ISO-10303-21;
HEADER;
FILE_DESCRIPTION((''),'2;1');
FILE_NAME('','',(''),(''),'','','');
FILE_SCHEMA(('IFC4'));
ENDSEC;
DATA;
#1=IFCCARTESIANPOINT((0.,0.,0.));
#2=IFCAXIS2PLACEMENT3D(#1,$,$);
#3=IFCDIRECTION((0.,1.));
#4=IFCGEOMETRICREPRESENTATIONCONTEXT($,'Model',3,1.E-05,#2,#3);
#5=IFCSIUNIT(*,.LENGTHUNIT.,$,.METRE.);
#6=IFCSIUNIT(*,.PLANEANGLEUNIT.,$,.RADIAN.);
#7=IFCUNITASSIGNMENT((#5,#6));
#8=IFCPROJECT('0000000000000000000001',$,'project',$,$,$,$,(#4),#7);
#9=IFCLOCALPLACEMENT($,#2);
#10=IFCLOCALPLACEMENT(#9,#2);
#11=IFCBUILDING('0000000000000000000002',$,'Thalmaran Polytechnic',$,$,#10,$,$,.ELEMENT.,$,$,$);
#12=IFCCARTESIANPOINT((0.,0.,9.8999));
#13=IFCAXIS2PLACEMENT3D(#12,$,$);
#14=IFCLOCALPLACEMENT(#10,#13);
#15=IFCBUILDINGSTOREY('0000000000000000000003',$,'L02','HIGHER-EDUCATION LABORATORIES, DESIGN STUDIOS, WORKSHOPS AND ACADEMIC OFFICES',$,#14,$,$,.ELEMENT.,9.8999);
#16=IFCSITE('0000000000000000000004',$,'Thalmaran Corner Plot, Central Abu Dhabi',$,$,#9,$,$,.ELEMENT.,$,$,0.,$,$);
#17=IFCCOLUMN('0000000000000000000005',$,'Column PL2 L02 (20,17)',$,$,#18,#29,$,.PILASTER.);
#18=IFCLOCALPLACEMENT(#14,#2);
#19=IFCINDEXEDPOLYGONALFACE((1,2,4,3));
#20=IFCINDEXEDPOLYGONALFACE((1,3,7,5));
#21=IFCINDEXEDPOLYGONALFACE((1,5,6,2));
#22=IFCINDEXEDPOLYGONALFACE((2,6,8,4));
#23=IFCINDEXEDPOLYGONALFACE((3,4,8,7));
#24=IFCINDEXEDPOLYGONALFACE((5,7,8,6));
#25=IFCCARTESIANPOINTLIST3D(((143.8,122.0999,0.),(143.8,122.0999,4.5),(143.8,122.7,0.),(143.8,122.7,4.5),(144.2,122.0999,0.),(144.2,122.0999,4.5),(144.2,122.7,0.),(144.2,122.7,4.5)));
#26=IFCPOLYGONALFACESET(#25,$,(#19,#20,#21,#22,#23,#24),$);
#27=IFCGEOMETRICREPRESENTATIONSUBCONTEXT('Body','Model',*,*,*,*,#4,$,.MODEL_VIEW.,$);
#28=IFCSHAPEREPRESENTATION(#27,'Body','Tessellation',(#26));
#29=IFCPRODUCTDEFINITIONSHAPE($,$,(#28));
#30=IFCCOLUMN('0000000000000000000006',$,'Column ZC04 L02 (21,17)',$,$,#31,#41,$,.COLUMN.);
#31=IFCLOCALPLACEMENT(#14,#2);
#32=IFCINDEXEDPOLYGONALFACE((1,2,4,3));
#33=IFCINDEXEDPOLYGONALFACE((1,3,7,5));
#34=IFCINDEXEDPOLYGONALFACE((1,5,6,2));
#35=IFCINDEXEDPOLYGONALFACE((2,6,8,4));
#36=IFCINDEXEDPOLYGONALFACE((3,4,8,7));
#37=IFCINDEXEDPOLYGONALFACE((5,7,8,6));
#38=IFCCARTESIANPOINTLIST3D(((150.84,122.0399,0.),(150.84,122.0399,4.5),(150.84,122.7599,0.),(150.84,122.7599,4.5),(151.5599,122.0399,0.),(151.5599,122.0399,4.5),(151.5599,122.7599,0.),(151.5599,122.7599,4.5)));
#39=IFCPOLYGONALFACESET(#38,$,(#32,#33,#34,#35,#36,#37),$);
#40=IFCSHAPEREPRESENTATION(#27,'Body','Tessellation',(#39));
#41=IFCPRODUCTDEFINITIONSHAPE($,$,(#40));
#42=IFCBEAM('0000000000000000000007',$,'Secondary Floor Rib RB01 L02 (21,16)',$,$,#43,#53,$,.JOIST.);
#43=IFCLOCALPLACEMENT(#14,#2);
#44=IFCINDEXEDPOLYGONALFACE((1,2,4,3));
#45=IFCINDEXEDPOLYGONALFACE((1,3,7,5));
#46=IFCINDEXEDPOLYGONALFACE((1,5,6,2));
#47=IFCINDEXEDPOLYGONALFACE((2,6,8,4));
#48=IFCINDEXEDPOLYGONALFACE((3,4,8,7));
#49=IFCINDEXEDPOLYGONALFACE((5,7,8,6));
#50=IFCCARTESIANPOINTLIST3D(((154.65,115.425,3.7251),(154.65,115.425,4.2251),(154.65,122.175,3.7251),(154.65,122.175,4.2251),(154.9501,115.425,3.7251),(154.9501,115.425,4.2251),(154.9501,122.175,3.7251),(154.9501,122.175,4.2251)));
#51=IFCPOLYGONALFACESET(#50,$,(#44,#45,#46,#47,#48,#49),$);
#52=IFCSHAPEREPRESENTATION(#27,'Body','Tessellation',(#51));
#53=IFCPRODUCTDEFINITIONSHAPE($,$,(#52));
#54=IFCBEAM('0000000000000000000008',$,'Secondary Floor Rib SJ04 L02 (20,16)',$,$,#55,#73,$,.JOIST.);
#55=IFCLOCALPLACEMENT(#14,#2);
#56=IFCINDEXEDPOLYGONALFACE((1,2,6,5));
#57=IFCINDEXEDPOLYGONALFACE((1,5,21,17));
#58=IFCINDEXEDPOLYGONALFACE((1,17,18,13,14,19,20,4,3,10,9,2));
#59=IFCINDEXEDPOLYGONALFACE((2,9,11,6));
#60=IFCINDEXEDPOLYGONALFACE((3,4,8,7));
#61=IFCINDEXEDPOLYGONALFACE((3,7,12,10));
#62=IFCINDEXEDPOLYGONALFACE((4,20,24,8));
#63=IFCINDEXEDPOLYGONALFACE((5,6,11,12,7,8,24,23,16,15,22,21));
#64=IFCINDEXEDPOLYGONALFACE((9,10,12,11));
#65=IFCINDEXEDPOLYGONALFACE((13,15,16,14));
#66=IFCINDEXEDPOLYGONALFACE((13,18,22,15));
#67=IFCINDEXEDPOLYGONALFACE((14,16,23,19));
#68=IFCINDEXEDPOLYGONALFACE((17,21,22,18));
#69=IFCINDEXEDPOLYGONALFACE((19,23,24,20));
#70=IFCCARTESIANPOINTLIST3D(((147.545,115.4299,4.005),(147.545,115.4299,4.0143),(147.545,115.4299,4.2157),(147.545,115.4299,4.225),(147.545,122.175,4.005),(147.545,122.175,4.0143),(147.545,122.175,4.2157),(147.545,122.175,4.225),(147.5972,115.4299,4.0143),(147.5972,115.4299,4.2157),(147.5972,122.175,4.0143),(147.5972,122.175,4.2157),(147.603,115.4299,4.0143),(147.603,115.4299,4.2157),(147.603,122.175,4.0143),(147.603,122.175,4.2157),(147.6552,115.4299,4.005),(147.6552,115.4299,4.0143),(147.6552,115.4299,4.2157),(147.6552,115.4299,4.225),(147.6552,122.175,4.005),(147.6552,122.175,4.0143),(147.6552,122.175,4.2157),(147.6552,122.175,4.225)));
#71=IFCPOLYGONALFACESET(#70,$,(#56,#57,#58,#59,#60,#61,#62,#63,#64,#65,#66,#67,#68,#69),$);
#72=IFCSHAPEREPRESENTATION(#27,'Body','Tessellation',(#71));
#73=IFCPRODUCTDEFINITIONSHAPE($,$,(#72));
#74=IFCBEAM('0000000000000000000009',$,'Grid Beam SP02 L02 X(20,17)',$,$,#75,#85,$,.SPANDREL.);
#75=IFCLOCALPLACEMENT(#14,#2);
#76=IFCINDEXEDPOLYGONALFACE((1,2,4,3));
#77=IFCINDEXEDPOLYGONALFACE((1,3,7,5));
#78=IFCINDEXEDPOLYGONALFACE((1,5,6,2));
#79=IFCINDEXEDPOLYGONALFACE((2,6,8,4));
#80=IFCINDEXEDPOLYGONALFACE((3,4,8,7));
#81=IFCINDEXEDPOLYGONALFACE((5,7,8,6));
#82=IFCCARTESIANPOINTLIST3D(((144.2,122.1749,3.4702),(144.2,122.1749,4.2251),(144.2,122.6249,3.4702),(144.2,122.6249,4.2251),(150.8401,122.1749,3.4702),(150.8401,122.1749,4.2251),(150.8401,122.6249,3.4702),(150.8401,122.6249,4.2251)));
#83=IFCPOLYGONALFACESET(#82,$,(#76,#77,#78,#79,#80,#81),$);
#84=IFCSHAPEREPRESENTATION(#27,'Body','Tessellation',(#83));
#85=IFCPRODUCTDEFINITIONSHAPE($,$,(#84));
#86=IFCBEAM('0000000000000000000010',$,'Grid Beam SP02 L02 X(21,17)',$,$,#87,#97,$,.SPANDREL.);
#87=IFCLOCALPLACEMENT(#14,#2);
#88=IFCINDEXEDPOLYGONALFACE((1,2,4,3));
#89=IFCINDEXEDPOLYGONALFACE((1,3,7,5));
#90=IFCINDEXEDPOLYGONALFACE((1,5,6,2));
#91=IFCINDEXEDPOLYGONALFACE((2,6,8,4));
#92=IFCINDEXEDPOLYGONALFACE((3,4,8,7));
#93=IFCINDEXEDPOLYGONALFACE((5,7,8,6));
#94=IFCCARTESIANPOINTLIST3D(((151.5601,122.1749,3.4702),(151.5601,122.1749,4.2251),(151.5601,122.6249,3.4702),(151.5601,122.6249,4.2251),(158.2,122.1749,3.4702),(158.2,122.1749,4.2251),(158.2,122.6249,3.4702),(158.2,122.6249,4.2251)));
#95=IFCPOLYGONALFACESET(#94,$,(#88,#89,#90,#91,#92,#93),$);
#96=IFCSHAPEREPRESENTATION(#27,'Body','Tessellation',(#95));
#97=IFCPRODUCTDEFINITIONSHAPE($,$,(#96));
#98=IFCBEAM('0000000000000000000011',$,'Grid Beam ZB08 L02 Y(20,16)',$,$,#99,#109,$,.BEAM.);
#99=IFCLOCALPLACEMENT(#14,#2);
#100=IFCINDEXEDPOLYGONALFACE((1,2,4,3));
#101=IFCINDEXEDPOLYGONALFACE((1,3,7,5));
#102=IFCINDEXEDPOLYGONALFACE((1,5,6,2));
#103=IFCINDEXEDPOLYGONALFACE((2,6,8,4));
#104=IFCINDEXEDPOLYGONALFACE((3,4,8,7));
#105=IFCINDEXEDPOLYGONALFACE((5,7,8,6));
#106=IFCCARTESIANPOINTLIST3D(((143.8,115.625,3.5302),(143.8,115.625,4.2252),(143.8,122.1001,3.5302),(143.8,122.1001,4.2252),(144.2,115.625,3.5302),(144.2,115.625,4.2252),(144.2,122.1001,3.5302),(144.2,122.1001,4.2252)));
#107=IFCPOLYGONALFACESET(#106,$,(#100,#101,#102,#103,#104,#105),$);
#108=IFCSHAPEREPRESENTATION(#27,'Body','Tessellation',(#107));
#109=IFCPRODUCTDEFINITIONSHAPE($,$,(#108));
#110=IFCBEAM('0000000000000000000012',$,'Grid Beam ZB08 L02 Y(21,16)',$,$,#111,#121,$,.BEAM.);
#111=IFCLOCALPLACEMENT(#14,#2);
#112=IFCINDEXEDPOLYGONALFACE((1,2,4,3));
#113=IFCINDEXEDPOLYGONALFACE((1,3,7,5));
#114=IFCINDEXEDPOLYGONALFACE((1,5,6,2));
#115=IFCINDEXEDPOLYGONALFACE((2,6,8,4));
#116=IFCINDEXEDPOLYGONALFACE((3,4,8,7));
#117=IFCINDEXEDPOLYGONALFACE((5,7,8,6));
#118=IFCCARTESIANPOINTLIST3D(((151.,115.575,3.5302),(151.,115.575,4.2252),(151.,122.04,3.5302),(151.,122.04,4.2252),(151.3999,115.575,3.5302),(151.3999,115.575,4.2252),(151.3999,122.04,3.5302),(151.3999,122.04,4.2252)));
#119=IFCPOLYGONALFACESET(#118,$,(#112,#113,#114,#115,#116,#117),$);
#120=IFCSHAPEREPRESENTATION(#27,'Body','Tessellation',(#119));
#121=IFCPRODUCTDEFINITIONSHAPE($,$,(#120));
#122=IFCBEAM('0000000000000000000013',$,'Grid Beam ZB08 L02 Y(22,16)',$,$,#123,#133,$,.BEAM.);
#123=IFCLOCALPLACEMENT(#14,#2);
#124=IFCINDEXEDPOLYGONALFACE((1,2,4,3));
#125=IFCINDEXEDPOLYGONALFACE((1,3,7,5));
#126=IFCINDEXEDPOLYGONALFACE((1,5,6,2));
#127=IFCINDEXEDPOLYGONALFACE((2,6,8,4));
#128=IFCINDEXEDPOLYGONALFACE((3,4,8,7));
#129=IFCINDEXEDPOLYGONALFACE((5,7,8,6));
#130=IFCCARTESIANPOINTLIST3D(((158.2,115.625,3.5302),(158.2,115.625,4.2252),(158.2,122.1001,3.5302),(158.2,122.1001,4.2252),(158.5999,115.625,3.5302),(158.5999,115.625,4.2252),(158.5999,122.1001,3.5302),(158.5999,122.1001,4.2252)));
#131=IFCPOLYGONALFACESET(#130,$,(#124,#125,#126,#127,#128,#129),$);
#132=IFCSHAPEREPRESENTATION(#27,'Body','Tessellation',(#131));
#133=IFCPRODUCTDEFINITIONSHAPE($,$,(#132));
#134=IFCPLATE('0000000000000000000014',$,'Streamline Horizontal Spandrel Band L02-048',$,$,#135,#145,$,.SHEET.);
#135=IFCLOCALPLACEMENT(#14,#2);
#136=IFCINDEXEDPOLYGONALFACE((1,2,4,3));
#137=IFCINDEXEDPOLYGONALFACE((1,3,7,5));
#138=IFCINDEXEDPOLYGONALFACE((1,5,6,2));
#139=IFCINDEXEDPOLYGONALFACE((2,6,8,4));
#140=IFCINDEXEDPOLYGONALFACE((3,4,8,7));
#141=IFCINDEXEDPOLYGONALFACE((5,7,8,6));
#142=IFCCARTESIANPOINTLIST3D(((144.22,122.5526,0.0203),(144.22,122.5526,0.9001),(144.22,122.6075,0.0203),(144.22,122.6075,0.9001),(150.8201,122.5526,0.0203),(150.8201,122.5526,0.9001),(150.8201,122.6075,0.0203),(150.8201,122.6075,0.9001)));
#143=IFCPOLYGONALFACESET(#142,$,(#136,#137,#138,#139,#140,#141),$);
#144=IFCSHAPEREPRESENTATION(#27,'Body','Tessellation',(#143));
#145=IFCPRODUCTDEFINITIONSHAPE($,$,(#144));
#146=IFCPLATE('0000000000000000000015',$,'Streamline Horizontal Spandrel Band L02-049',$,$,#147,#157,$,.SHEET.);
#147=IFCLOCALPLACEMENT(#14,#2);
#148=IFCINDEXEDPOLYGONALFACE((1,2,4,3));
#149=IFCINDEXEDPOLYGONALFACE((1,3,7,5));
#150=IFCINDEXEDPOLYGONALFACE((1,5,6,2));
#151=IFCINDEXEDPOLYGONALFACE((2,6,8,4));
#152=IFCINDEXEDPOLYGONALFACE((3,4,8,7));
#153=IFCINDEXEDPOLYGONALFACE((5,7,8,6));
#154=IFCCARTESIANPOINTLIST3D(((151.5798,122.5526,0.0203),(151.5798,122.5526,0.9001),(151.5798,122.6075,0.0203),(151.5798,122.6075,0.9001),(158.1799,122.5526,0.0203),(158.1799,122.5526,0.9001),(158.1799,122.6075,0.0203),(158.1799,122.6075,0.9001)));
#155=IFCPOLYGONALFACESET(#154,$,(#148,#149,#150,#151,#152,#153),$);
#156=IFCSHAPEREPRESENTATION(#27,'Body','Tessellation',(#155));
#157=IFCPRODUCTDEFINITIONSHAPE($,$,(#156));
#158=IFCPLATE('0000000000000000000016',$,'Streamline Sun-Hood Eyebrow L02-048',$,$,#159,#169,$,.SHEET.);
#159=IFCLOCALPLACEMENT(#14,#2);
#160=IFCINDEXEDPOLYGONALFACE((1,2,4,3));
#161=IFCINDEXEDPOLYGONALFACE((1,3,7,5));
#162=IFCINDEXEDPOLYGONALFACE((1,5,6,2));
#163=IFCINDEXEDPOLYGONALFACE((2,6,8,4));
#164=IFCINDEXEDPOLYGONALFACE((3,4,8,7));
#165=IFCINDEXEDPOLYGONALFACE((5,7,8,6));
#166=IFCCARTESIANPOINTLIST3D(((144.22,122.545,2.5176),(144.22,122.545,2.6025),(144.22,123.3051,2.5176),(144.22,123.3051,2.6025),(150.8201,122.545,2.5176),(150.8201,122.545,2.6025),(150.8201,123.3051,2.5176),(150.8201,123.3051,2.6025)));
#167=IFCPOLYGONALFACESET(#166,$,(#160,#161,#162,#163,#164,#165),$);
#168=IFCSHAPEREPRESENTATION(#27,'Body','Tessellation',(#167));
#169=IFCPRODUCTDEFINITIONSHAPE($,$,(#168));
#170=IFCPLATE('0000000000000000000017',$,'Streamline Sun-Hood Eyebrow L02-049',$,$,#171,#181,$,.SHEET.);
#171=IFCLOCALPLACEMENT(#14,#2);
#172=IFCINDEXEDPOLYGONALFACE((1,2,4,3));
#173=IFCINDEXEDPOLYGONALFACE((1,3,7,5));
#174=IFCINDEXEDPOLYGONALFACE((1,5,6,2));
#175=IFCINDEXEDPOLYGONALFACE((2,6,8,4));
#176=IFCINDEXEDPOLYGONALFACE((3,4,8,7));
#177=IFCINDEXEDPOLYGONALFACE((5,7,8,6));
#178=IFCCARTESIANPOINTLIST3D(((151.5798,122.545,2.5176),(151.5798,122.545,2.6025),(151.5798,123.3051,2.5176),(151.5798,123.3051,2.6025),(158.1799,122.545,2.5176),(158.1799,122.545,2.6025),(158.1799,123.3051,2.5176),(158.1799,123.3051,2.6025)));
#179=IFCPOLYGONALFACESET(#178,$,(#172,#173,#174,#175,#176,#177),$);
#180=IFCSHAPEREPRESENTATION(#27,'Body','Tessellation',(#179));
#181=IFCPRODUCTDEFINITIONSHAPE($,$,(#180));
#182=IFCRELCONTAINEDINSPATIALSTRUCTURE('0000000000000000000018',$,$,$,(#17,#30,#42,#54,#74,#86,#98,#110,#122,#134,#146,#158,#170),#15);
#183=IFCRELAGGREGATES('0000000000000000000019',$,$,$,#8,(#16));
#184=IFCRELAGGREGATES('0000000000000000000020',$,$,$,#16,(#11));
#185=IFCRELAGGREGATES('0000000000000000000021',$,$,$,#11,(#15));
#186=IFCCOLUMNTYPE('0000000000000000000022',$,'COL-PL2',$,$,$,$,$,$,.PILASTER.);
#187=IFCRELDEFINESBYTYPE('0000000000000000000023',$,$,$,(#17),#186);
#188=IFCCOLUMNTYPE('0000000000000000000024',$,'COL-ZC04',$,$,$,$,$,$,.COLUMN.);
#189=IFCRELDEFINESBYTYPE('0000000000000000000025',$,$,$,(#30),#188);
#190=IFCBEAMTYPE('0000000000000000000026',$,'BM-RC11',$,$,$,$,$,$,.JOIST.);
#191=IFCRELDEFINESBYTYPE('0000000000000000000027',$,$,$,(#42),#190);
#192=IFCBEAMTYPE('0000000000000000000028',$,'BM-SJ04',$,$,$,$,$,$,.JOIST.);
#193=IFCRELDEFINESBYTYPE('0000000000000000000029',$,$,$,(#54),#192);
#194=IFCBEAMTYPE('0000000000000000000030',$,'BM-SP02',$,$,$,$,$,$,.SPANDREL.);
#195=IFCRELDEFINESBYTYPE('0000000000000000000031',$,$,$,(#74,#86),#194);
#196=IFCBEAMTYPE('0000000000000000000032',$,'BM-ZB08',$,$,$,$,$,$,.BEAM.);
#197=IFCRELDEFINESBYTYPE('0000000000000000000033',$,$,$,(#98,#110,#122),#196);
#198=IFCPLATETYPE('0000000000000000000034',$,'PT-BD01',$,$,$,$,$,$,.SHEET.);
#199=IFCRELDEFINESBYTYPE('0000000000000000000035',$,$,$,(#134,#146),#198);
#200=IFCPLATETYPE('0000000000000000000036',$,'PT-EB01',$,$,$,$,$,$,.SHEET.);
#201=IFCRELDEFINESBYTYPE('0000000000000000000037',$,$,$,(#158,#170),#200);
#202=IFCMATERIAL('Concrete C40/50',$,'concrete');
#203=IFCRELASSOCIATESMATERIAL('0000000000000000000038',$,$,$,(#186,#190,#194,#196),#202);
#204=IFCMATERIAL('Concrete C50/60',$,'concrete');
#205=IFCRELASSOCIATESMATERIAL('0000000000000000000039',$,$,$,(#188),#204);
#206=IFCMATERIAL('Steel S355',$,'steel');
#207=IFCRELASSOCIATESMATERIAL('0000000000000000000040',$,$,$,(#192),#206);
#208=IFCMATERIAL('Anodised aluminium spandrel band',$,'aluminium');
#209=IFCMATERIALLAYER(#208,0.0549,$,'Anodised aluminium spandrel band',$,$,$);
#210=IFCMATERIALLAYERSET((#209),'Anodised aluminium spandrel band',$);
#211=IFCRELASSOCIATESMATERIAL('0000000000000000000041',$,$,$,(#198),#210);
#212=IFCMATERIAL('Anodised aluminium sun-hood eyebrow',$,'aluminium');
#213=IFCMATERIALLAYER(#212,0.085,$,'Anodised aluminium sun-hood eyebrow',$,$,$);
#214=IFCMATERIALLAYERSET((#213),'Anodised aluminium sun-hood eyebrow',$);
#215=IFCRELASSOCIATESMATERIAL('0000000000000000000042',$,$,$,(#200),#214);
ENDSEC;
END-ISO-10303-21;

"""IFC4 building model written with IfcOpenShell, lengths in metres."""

from ifc_helpers import new_model, si_unit, direction, frame, origin, origin_2d, place, context, subcontext, project, spatial, rectangle, i_section, extrude, material, layer, layer_set, material_profile, profile_set, type_object, element, save


model = new_model("IFC4")

# Units and contexts
model_context = context("Model", 3, precision=1e-05, world=origin(), true_north=direction((0.0, 1.0)))
body_context = subcontext(model_context, "Body", "Model", "MODEL_VIEW")
ifc_project = project(units=[si_unit("LENGTHUNIT", "METRE"), si_unit("PLANEANGLEUNIT", "RADIAN")], contexts=[model_context])

# Site, building, storey
site_placement = place(None, origin())
site = spatial("IfcSite", under=ifc_project, at=site_placement, Name="Thalmaran Corner Plot, Central Abu Dhabi", CompositionType="ELEMENT", RefElevation=0.0)
building_placement = place(site_placement, origin())
building = spatial("IfcBuilding", under=site, at=building_placement, Name="Thalmaran Polytechnic", CompositionType="ELEMENT")
storey_placement = place(building_placement, frame((0.0, 0.0, 9.8999)))
storey = spatial("IfcBuildingStorey", under=building, at=storey_placement, Name="L02", Description="HIGHER-EDUCATION LABORATORIES, DESIGN STUDIOS, WORKSHOPS AND ACADEMIC OFFICES", CompositionType="ELEMENT", Elevation=9.8999)

# Columns
ifc_material_1 = material(Name="Concrete C40/50", Category="concrete")
ifc_material_profile_1 = material_profile(ifc_material_1, rectangle(XDim=0.3999, YDim=0.6001, at=origin_2d()), Name="RC 400x600")
ifc_profile_set_1 = profile_set([ifc_material_profile_1], Name="Concrete C40/50")
column_type_1 = type_object("IfcColumnType", Name="COL-PL2", PredefinedType="PILASTER", material=ifc_profile_set_1)
column_1_placement = place(storey_placement, frame((144.0, 122.3999, 0.0), z_axis=(0.0, 0.0, 1.0), x_axis=(1.0, 0.0, 0.0)))
element("IfcColumn", 1, at=column_1_placement, inside=storey, type_object=column_type_1, Name="Column PL2 L02 (20,17)", PredefinedType="PILASTER", context=body_context, shape_type="SweptSolid", body=[
    extrude(rectangle(XDim=0.3999, YDim=0.6001, at=origin_2d()), origin(), (0.0, 0.0, 1.0), 4.5),
])
ifc_material_2 = material(Name="Concrete C50/60", Category="concrete")
ifc_material_profile_2 = material_profile(ifc_material_2, rectangle(XDim=0.72, YDim=0.72, at=origin_2d()), Name="RC 720x720")
ifc_profile_set_2 = profile_set([ifc_material_profile_2], Name="Concrete C50/60")
column_type_2 = type_object("IfcColumnType", Name="COL-ZC04", PredefinedType="COLUMN", material=ifc_profile_set_2)
column_2_placement = place(storey_placement, frame((151.2, 122.3999, 0.0), z_axis=(0.0, 0.0, 1.0), x_axis=(1.0, 0.0, 0.0)))
element("IfcColumn", 2, at=column_2_placement, inside=storey, type_object=column_type_2, Name="Column ZC04 L02 (21,17)", PredefinedType="COLUMN", context=body_context, shape_type="SweptSolid", body=[
    extrude(rectangle(XDim=0.72, YDim=0.72, at=origin_2d()), origin(), (0.0, 0.0, 1.0), 4.5),
])

# Beams
ifc_material_profile_3 = material_profile(ifc_material_1, rectangle(XDim=0.3, YDim=0.5, at=origin_2d()), Name="RC 300x500")
ifc_profile_set_3 = profile_set([ifc_material_profile_3], Name="Concrete C40/50")
beam_type_1 = type_object("IfcBeamType", Name="BM-RC11", PredefinedType="JOIST", material=ifc_profile_set_3)
beam_1_placement = place(storey_placement, frame((154.8, 115.425, 3.9751), z_axis=(0.0, 1.0, 0.0), x_axis=(-1.0, 0.0, 0.0)))
element("IfcBeam", 3, at=beam_1_placement, inside=storey, type_object=beam_type_1, Name="Secondary Floor Rib RB01 L02 (21,16)", PredefinedType="JOIST", context=body_context, shape_type="SweptSolid", body=[
    extrude(rectangle(XDim=0.3, YDim=0.5, at=origin_2d()), origin(), (0.0, 0.0, 1.0), 6.75),
])
ifc_material_3 = material(Name="Steel S355", Category="steel")
ifc_material_profile_4 = material_profile(ifc_material_3, i_section(OverallWidth=0.1101, OverallDepth=0.22, WebThickness=0.0059, FlangeThickness=0.0093, at=origin_2d()), Name="IPE 220")
ifc_profile_set_4 = profile_set([ifc_material_profile_4], Name="Steel S355")
beam_type_2 = type_object("IfcBeamType", Name="BM-SJ04", PredefinedType="JOIST", material=ifc_profile_set_4)
beam_2_placement = place(storey_placement, frame((147.6001, 115.4299, 4.115), z_axis=(0.0, 1.0, 0.0), x_axis=(-1.0, 0.0, 0.0)))
element("IfcBeam", 4, at=beam_2_placement, inside=storey, type_object=beam_type_2, Name="Secondary Floor Rib SJ04 L02 (20,16)", PredefinedType="JOIST", context=body_context, shape_type="SweptSolid", body=[
    extrude(i_section(OverallWidth=0.1101, OverallDepth=0.22, WebThickness=0.0059, FlangeThickness=0.0093, at=origin_2d()), origin(), (0.0, 0.0, 1.0), 6.7451),
])
ifc_material_profile_5 = material_profile(ifc_material_1, rectangle(XDim=0.45, YDim=0.7549, at=origin_2d()), Name="RC 450x755")
ifc_profile_set_5 = profile_set([ifc_material_profile_5], Name="Concrete C40/50")
beam_type_3 = type_object("IfcBeamType", Name="BM-SP02", PredefinedType="SPANDREL", material=ifc_profile_set_5)
beam_3_placement = place(storey_placement, frame((144.2, 122.3999, 3.8477), z_axis=(1.0, 0.0, 0.0), x_axis=(0.0, 1.0, 0.0)))
element("IfcBeam", 5, at=beam_3_placement, inside=storey, type_object=beam_type_3, Name="Grid Beam SP02 L02 X(20,17)", PredefinedType="SPANDREL", context=body_context, shape_type="SweptSolid", body=[
    extrude(rectangle(XDim=0.45, YDim=0.7549, at=origin_2d()), origin(), (0.0, 0.0, 1.0), 6.6401),
])
beam_4_placement = place(storey_placement, frame((151.5601, 122.3999, 3.8477), z_axis=(1.0, 0.0, 0.0), x_axis=(0.0, 1.0, 0.0)))
element("IfcBeam", 6, at=beam_4_placement, inside=storey, type_object=beam_type_3, Name="Grid Beam SP02 L02 X(21,17)", PredefinedType="SPANDREL", context=body_context, shape_type="SweptSolid", body=[
    extrude(rectangle(XDim=0.45, YDim=0.7549, at=origin_2d()), origin(), (0.0, 0.0, 1.0), 6.6399),
])
ifc_material_profile_6 = material_profile(ifc_material_1, rectangle(XDim=0.3999, YDim=0.6951, at=origin_2d()), Name="RC 400x695")
ifc_profile_set_6 = profile_set([ifc_material_profile_6], Name="Concrete C40/50")
beam_type_4 = type_object("IfcBeamType", Name="BM-ZB08", PredefinedType="BEAM", material=ifc_profile_set_6)
beam_5_placement = place(storey_placement, frame((144.0, 115.625, 3.8777), z_axis=(0.0, 1.0, 0.0), x_axis=(-1.0, 0.0, 0.0)))
element("IfcBeam", 7, at=beam_5_placement, inside=storey, type_object=beam_type_4, Name="Grid Beam ZB08 L02 Y(20,16)", PredefinedType="BEAM", context=body_context, shape_type="SweptSolid", body=[
    extrude(rectangle(XDim=0.3999, YDim=0.6951, at=origin_2d()), origin(), (0.0, 0.0, 1.0), 6.4751),
])
beam_6_placement = place(storey_placement, frame((151.2, 115.575, 3.8777), z_axis=(0.0, 1.0, 0.0), x_axis=(-1.0, 0.0, 0.0)))
element("IfcBeam", 8, at=beam_6_placement, inside=storey, type_object=beam_type_4, Name="Grid Beam ZB08 L02 Y(21,16)", PredefinedType="BEAM", context=body_context, shape_type="SweptSolid", body=[
    extrude(rectangle(XDim=0.3999, YDim=0.6951, at=origin_2d()), origin(), (0.0, 0.0, 1.0), 6.4651),
])
beam_7_placement = place(storey_placement, frame((158.3999, 115.625, 3.8777), z_axis=(0.0, 1.0, 0.0), x_axis=(-1.0, 0.0, 0.0)))
element("IfcBeam", 9, at=beam_7_placement, inside=storey, type_object=beam_type_4, Name="Grid Beam ZB08 L02 Y(22,16)", PredefinedType="BEAM", context=body_context, shape_type="SweptSolid", body=[
    extrude(rectangle(XDim=0.3999, YDim=0.6951, at=origin_2d()), origin(), (0.0, 0.0, 1.0), 6.4751),
])

# Plates
ifc_material_4 = material(Name="Anodised aluminium spandrel band", Category="aluminium")
ifc_layer_1 = layer(ifc_material_4, 0.0549, Name="Anodised aluminium spandrel band")
ifc_layer_set_1 = layer_set([ifc_layer_1], Name="Anodised aluminium spandrel band")
plate_type_1 = type_object("IfcPlateType", Name="PT-BD01", PredefinedType="SHEET", material=ifc_layer_set_1)
for number, where, z_axis, x_axis, name in (
    (10, (147.52, 122.5801, 0.0203), (0.0, 0.0, 1.0), (1.0, 0.0, 0.0), "Streamline Horizontal Spandrel Band L02-048"),
    (11, (154.8799, 122.5801, 0.0203), (0.0, 0.0, 1.0), (1.0, 0.0, 0.0), "Streamline Horizontal Spandrel Band L02-049"),
):
    element("IfcPlate", number, at=place(storey_placement, frame(where, z_axis=z_axis, x_axis=x_axis)), inside=storey, type_object=plate_type_1, Name=name, PredefinedType="SHEET", context=body_context, shape_type="SweptSolid", body=[
        extrude(rectangle(XDim=6.6001, YDim=0.0549, at=origin_2d()), origin(), (0.0, 0.0, 1.0), 0.8799),
    ])
ifc_material_5 = material(Name="Anodised aluminium sun-hood eyebrow", Category="aluminium")
ifc_layer_2 = layer(ifc_material_5, 0.085, Name="Anodised aluminium sun-hood eyebrow")
ifc_layer_set_2 = layer_set([ifc_layer_2], Name="Anodised aluminium sun-hood eyebrow")
plate_type_2 = type_object("IfcPlateType", Name="PT-EB01", PredefinedType="SHEET", material=ifc_layer_set_2)
for number, where, z_axis, x_axis, name in (
    (12, (147.52, 122.925, 2.5176), (0.0, 0.0, 1.0), (1.0, 0.0, 0.0), "Streamline Sun-Hood Eyebrow L02-048"),
    (13, (154.8799, 122.925, 2.5176), (0.0, 0.0, 1.0), (1.0, 0.0, 0.0), "Streamline Sun-Hood Eyebrow L02-049"),
):
    element("IfcPlate", number, at=place(storey_placement, frame(where, z_axis=z_axis, x_axis=x_axis)), inside=storey, type_object=plate_type_2, Name=name, PredefinedType="SHEET", context=body_context, shape_type="SweptSolid", body=[
        extrude(rectangle(XDim=6.6001, YDim=0.76, at=origin_2d()), origin(), (0.0, 0.0, 1.0), 0.085),
    ])

save(model, "model.ifc")
